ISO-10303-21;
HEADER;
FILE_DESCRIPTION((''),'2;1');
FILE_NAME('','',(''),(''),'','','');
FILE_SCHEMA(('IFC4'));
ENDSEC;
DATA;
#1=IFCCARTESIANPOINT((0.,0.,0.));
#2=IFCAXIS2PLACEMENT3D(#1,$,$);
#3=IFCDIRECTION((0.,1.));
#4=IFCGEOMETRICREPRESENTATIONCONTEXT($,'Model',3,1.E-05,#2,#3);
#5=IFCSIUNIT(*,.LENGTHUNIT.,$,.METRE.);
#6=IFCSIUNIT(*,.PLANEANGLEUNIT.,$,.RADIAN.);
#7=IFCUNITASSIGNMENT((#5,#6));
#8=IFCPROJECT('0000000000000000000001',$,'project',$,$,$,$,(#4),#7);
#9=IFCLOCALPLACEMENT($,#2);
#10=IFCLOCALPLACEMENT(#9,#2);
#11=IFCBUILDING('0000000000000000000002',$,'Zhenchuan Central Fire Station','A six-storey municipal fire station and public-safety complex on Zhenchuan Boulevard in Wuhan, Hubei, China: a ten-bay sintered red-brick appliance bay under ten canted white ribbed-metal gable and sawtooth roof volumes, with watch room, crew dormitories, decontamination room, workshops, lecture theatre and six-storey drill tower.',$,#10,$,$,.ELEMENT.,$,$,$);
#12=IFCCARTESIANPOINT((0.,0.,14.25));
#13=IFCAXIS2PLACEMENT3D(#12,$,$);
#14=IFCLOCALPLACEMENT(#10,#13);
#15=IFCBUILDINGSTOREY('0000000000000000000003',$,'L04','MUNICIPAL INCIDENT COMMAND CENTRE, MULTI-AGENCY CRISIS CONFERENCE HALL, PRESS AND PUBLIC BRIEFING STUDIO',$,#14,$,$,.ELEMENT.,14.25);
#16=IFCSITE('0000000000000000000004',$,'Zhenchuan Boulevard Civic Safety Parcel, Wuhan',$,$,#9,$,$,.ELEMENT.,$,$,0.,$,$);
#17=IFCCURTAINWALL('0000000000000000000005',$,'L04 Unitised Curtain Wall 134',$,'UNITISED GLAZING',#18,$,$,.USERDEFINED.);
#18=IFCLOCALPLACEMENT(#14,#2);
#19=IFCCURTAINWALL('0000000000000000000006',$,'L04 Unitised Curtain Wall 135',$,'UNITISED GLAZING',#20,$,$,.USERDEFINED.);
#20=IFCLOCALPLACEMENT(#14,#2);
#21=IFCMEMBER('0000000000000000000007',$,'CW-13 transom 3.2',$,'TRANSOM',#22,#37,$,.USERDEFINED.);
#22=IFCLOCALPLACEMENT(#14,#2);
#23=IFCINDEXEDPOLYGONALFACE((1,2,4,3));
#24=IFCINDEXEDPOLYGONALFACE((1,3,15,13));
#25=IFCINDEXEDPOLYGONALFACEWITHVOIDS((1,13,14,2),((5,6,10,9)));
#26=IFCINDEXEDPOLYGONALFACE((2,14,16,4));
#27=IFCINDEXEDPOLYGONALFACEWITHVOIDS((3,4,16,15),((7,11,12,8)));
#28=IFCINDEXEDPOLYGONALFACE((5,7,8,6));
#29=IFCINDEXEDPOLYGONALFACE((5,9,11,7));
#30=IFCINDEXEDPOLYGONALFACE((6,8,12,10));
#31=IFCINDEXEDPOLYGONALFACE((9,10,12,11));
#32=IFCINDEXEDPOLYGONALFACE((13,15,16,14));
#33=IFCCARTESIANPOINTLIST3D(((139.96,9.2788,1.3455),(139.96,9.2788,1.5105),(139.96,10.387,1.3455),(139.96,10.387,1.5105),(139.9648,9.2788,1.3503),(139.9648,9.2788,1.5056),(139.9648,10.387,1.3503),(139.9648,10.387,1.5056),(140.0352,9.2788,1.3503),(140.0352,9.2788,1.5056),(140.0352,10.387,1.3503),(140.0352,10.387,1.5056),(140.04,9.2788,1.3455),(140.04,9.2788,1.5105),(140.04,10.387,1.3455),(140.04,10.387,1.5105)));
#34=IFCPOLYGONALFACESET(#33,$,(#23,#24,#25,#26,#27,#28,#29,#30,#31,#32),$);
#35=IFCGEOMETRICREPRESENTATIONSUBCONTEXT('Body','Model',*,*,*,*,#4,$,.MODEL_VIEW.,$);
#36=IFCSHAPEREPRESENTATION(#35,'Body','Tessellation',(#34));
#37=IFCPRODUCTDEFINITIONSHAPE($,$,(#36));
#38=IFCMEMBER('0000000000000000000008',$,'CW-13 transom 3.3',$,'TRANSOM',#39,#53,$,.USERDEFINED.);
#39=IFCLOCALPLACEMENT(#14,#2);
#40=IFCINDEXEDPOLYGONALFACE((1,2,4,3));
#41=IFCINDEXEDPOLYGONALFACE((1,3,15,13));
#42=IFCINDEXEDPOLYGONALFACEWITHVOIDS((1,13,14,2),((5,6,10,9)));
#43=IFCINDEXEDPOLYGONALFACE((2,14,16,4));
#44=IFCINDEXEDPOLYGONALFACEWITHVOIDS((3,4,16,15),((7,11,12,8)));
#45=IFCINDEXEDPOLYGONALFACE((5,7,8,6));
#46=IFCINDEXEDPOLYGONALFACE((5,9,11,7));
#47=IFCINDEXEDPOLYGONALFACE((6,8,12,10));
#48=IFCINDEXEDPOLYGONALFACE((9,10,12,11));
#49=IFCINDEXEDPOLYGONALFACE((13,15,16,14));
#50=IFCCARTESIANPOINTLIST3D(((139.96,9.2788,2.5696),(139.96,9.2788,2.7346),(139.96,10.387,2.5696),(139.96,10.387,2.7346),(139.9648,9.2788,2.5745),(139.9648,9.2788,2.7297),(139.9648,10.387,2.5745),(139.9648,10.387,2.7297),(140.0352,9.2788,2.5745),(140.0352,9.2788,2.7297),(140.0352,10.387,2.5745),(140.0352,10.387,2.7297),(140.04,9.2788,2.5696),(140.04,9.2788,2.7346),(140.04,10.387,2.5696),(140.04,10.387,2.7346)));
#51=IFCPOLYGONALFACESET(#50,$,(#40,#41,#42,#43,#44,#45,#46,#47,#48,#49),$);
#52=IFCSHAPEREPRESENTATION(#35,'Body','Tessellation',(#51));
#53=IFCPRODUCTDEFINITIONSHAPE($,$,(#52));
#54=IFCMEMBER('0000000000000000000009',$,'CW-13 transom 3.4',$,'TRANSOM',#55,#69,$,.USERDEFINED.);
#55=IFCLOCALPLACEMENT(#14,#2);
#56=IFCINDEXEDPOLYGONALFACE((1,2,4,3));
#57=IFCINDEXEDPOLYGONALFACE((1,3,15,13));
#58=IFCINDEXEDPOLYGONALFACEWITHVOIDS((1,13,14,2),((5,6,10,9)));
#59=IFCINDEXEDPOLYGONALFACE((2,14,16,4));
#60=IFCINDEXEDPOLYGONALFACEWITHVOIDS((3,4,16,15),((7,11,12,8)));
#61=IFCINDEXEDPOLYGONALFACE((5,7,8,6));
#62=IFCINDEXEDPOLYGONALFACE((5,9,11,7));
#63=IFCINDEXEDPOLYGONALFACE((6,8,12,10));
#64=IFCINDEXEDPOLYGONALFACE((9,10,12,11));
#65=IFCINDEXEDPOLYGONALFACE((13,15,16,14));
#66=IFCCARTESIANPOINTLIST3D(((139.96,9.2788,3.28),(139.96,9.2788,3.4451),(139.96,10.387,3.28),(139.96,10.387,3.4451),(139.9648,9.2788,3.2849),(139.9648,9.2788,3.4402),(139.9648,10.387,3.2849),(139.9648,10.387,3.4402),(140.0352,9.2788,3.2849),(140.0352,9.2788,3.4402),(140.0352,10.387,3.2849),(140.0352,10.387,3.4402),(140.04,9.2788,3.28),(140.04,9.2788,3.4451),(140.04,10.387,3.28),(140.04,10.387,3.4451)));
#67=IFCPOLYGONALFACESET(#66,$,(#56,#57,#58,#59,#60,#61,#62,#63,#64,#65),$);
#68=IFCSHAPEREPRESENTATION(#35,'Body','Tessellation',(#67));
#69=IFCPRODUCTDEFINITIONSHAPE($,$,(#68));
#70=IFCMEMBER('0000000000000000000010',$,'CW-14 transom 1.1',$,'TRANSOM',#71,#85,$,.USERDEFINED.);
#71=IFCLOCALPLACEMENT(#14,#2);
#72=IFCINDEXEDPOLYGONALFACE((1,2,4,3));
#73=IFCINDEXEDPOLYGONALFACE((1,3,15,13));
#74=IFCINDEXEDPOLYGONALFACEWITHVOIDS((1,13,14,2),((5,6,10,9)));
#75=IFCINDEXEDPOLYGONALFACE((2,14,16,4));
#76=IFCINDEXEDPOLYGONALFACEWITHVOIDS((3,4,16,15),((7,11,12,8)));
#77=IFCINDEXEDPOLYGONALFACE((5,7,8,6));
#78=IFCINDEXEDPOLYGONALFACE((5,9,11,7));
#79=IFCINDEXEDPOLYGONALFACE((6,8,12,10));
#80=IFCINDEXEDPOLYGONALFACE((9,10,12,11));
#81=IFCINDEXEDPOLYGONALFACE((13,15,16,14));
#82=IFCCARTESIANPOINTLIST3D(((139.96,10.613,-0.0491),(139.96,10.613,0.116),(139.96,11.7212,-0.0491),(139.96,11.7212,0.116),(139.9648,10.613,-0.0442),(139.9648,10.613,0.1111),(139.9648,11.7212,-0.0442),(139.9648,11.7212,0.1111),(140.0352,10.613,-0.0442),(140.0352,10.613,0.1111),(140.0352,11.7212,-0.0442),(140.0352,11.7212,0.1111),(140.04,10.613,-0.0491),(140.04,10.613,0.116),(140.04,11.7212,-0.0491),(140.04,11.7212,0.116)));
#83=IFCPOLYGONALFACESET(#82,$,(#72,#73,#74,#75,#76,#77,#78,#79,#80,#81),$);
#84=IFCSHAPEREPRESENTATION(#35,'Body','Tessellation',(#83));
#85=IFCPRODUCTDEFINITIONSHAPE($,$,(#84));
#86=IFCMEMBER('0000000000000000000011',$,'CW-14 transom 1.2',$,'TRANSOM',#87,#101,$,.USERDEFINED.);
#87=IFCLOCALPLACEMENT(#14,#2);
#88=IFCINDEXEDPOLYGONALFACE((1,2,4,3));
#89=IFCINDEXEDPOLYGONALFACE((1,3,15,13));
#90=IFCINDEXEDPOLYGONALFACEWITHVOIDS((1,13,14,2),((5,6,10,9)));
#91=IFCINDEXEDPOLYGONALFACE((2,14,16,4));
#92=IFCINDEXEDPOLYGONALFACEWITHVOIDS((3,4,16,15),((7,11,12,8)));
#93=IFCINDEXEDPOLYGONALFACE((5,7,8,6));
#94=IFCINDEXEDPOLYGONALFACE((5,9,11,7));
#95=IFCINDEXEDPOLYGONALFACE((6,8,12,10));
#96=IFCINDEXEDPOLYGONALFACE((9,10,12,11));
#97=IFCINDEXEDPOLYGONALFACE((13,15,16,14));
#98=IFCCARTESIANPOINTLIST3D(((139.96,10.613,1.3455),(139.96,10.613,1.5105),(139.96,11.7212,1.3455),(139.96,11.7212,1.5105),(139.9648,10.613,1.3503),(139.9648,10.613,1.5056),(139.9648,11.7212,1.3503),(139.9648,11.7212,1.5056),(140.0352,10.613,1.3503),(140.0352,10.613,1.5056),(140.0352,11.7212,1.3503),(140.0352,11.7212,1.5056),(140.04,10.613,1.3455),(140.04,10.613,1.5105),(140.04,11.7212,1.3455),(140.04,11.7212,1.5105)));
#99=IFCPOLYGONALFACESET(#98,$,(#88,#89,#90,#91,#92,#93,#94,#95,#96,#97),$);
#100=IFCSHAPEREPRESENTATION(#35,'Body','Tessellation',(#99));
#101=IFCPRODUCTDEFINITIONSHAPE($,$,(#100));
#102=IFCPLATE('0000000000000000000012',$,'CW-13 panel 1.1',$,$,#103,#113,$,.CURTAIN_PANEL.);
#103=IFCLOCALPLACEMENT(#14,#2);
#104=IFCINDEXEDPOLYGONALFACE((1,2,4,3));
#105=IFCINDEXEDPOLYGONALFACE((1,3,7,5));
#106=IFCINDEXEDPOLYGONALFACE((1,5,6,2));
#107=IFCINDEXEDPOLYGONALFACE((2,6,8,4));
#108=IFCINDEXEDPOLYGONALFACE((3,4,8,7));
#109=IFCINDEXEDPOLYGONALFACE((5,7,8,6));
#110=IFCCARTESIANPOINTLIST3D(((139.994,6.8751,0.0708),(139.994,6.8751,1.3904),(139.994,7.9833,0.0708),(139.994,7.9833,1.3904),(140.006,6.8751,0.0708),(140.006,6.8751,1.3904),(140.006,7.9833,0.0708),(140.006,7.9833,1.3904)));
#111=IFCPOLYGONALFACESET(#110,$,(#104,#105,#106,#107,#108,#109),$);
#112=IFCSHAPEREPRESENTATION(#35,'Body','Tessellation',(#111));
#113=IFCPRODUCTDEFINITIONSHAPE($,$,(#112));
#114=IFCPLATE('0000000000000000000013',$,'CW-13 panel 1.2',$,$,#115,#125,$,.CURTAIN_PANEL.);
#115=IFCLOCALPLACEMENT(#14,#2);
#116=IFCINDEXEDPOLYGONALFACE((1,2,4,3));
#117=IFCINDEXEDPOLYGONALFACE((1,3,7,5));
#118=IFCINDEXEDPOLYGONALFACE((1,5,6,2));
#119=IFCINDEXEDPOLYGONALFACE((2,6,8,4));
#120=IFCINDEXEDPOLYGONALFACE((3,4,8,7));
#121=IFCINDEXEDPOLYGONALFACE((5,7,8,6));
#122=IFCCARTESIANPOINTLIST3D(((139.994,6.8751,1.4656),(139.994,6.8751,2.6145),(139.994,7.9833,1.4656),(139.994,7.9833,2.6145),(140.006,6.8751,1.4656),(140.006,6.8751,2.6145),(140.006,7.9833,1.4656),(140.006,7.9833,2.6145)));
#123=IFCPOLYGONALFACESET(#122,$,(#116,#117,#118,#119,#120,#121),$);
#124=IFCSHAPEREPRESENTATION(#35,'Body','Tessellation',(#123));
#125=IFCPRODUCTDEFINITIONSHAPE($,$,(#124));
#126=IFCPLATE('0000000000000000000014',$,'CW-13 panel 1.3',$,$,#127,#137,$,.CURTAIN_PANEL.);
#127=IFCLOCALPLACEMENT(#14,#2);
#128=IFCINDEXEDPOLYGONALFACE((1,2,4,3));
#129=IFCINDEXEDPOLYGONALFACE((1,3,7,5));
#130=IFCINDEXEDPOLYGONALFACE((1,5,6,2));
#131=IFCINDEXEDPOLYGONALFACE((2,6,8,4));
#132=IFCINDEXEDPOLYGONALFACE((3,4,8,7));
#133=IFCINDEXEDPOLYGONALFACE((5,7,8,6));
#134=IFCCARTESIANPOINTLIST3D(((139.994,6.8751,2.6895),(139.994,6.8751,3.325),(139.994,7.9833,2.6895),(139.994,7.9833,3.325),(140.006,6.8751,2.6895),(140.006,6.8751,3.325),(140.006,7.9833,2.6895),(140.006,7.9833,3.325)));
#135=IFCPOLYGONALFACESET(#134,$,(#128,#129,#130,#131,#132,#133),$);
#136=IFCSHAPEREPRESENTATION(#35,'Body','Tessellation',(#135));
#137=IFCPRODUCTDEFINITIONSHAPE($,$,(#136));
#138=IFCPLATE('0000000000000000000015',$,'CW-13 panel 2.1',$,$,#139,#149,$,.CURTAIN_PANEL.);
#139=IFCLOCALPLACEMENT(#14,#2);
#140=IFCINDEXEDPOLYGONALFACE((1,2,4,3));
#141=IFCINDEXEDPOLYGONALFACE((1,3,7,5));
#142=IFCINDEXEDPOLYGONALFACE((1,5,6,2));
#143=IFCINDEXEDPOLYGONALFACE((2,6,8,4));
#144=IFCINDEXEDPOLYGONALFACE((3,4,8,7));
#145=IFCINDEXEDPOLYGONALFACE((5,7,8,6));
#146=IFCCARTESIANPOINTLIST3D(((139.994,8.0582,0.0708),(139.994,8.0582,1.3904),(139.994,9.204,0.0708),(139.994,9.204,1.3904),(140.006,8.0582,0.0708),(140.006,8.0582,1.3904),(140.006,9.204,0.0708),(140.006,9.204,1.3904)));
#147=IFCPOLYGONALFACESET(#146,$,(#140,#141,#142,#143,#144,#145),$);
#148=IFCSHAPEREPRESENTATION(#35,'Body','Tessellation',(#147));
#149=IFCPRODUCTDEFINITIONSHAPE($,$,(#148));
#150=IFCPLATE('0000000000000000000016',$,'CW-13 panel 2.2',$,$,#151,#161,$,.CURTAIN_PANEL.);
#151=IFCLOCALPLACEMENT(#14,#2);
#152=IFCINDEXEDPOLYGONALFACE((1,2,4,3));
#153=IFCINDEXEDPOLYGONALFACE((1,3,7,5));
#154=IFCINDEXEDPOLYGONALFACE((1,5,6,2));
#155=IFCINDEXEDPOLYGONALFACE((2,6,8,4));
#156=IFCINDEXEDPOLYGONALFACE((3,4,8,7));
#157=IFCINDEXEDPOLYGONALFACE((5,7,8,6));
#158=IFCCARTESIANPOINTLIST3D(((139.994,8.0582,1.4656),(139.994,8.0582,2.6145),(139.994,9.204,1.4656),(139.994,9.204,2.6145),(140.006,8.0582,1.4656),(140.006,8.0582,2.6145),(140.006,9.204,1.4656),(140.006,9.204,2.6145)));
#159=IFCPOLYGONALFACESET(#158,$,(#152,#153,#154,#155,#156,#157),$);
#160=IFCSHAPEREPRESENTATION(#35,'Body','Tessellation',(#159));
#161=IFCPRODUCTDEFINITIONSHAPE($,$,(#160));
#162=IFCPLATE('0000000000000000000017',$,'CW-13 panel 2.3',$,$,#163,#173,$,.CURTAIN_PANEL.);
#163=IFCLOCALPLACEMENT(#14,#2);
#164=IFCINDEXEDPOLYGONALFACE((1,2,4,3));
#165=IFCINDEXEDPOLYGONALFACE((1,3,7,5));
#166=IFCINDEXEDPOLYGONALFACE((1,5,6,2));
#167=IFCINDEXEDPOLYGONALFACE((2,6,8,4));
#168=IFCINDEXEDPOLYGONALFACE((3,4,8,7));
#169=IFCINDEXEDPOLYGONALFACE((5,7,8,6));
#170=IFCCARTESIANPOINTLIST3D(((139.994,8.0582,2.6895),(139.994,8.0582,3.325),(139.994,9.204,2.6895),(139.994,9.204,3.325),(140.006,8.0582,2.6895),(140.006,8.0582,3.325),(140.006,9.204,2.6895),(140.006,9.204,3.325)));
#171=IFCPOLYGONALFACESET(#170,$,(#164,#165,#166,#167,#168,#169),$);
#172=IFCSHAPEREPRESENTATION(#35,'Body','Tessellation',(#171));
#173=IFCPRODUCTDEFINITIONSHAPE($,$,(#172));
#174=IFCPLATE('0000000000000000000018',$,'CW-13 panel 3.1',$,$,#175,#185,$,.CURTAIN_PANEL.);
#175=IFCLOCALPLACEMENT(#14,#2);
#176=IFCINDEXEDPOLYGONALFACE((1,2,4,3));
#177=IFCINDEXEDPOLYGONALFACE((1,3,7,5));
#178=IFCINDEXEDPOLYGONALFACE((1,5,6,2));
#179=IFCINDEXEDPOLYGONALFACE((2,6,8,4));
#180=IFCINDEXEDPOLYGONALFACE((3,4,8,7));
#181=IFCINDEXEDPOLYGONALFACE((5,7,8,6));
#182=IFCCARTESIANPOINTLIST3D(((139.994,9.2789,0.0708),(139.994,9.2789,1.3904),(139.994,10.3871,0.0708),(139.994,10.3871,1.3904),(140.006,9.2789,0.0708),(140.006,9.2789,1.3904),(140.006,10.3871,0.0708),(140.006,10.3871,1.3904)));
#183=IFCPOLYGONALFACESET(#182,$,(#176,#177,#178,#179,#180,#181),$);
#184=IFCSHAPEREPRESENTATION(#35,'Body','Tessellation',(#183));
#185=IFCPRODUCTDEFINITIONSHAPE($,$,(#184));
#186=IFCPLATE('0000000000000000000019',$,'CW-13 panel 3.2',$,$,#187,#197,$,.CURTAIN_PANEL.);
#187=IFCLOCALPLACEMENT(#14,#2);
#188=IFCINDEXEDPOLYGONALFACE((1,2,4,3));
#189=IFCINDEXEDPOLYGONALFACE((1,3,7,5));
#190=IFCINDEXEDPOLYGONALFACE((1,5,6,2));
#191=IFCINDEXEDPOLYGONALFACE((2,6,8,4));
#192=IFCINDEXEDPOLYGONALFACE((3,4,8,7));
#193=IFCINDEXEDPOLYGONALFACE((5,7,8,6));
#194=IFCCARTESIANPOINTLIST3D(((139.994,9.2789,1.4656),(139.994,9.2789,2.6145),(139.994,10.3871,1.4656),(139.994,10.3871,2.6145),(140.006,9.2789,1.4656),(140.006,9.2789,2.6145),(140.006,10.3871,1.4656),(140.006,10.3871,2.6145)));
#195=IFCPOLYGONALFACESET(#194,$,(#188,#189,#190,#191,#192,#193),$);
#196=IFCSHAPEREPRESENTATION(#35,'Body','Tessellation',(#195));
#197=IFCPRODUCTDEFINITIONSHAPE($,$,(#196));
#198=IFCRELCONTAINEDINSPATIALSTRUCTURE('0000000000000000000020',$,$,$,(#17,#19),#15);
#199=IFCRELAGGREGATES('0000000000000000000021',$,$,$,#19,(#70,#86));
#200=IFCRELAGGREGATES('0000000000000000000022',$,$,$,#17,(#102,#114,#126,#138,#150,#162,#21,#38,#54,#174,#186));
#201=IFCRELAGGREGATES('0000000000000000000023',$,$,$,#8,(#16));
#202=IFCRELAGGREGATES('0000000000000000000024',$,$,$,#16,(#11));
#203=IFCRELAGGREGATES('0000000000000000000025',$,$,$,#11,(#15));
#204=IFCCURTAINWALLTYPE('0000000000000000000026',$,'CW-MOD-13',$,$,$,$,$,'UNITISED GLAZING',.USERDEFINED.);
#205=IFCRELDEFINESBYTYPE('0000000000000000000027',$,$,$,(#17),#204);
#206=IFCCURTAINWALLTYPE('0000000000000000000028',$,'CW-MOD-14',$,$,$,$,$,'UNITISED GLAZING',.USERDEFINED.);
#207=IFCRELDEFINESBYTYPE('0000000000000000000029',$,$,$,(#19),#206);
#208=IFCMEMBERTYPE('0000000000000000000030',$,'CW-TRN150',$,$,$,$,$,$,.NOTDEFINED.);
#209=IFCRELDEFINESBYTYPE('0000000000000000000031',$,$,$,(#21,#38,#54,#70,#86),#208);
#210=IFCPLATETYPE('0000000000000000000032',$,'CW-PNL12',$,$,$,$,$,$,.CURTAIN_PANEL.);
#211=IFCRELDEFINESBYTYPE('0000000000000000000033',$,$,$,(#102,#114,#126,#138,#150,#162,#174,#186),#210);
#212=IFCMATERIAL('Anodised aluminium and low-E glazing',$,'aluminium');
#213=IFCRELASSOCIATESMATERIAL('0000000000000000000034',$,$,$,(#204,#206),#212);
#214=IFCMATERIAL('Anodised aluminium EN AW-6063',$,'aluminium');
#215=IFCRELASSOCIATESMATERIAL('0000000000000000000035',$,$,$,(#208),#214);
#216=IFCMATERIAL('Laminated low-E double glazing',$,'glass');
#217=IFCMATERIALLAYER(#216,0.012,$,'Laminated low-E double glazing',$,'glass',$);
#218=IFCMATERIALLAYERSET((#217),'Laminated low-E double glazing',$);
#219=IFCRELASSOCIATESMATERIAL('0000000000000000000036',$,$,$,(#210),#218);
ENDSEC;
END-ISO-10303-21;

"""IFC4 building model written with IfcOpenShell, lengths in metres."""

from ifc_helpers import new_model, si_unit, direction, frame, origin, origin_2d, place, context, subcontext, project, spatial, rectangle, hollow_rectangle, extrude, material, layer, layer_set, material_profile, profile_set, type_object, element, aggregate, save


model = new_model("IFC4")

# Units and contexts
model_context = context("Model", 3, precision=1e-05, world=origin(), true_north=direction((0.0, 1.0)))
body_context = subcontext(model_context, "Body", "Model", "MODEL_VIEW")
ifc_project = project(units=[si_unit("LENGTHUNIT", "METRE"), si_unit("PLANEANGLEUNIT", "RADIAN")], contexts=[model_context])

# Site, building, storey
site_placement = place(None, origin())
site = spatial("IfcSite", under=ifc_project, at=site_placement, Name="Zhenchuan Boulevard Civic Safety Parcel, Wuhan", CompositionType="ELEMENT", RefElevation=0.0)
building_placement = place(site_placement, origin())
building = spatial("IfcBuilding", under=site, at=building_placement, Name="Zhenchuan Central Fire Station", Description="A six-storey municipal fire station and public-safety complex on Zhenchuan Boulevard in Wuhan, Hubei, China: a ten-bay sintered red-brick appliance bay under ten canted white ribbed-metal gable and sawtooth roof volumes, with watch room, crew dormitories, decontamination room, workshops, lecture theatre and six-storey drill tower.", CompositionType="ELEMENT")
storey_placement = place(building_placement, frame((0.0, 0.0, 14.25)))
storey = spatial("IfcBuildingStorey", under=building, at=storey_placement, Name="L04", Description="MUNICIPAL INCIDENT COMMAND CENTRE, MULTI-AGENCY CRISIS CONFERENCE HALL, PRESS AND PUBLIC BRIEFING STUDIO", CompositionType="ELEMENT", Elevation=14.25)

# Curtain walls
ifc_material_1 = material(Name="Anodised aluminium and low-E glazing", Category="aluminium")
curtain_wall_type_1 = type_object("IfcCurtainWallType", Name="CW-MOD-13", ElementType="UNITISED GLAZING", PredefinedType="USERDEFINED", material=ifc_material_1)
curtain_wall_1_placement = place(storey_placement, origin())
curtain_wall_1 = element("IfcCurtainWall", 1, at=curtain_wall_1_placement, inside=storey, type_object=curtain_wall_type_1, Name="L04 Unitised Curtain Wall 134", ObjectType="UNITISED GLAZING", PredefinedType="USERDEFINED")
ifc_material_2 = material(Name="Anodised aluminium EN AW-6063", Category="aluminium")
curtain_wall_type_2 = type_object("IfcCurtainWallType", Name="CW-MOD-14", ElementType="UNITISED GLAZING", PredefinedType="USERDEFINED", material=ifc_material_1)
curtain_wall_2_placement = place(storey_placement, origin())
curtain_wall_2 = element("IfcCurtainWall", 2, at=curtain_wall_2_placement, inside=storey, type_object=curtain_wall_type_2, Name="L04 Unitised Curtain Wall 135", ObjectType="UNITISED GLAZING", PredefinedType="USERDEFINED")

# Members
ifc_material_profile_1 = material_profile(ifc_material_2, hollow_rectangle(XDim=0.0801, YDim=0.165, WallThickness=0.0049, at=origin_2d()), Name="ALU-T 165x80")
ifc_profile_set_1 = profile_set([ifc_material_profile_1], Name="Anodised aluminium EN AW-6063")
member_type_1 = type_object("IfcMemberType", Name="CW-TRN150", PredefinedType="NOTDEFINED", material=ifc_profile_set_1)
member_1_placement = place(storey_placement, frame((140.0, 9.2788, 1.428), z_axis=(0.0, 1.0, 0.0), x_axis=(-1.0, 0.0, 0.0)))
member_1 = element("IfcMember", 3, at=member_1_placement, type_object=member_type_1, Name="CW-13 transom 3.2", ObjectType="TRANSOM", PredefinedType="USERDEFINED", context=body_context, shape_type="SweptSolid", body=[
    extrude(hollow_rectangle(XDim=0.0801, YDim=0.165, WallThickness=0.0049, at=origin_2d()), origin(), (0.0, 0.0, 1.0), 1.1082),
])
member_2_placement = place(storey_placement, frame((140.0, 9.2788, 2.6521), z_axis=(0.0, 1.0, 0.0), x_axis=(-1.0, 0.0, 0.0)))
member_2 = element("IfcMember", 4, at=member_2_placement, type_object=member_type_1, Name="CW-13 transom 3.3", ObjectType="TRANSOM", PredefinedType="USERDEFINED", context=body_context, shape_type="SweptSolid", body=[
    extrude(hollow_rectangle(XDim=0.0801, YDim=0.165, WallThickness=0.0049, at=origin_2d()), origin(), (0.0, 0.0, 1.0), 1.1082),
])
member_3_placement = place(storey_placement, frame((140.0, 9.2788, 3.3625), z_axis=(0.0, 1.0, 0.0), x_axis=(-1.0, 0.0, 0.0)))
member_3 = element("IfcMember", 5, at=member_3_placement, type_object=member_type_1, Name="CW-13 transom 3.4", ObjectType="TRANSOM", PredefinedType="USERDEFINED", context=body_context, shape_type="SweptSolid", body=[
    extrude(hollow_rectangle(XDim=0.0801, YDim=0.165, WallThickness=0.0049, at=origin_2d()), origin(), (0.0, 0.0, 1.0), 1.1082),
])
member_4_placement = place(storey_placement, frame((140.0, 10.613, 0.0334), z_axis=(0.0, 1.0, 0.0), x_axis=(-1.0, 0.0, 0.0)))
member_4 = element("IfcMember", 6, at=member_4_placement, type_object=member_type_1, Name="CW-14 transom 1.1", ObjectType="TRANSOM", PredefinedType="USERDEFINED", context=body_context, shape_type="SweptSolid", body=[
    extrude(hollow_rectangle(XDim=0.0801, YDim=0.165, WallThickness=0.0049, at=origin_2d()), origin(), (0.0, 0.0, 1.0), 1.1082),
])
member_5_placement = place(storey_placement, frame((140.0, 10.613, 1.428), z_axis=(0.0, 1.0, 0.0), x_axis=(-1.0, 0.0, 0.0)))
member_5 = element("IfcMember", 7, at=member_5_placement, type_object=member_type_1, Name="CW-14 transom 1.2", ObjectType="TRANSOM", PredefinedType="USERDEFINED", context=body_context, shape_type="SweptSolid", body=[
    extrude(hollow_rectangle(XDim=0.0801, YDim=0.165, WallThickness=0.0049, at=origin_2d()), origin(), (0.0, 0.0, 1.0), 1.1082),
])
aggregate(curtain_wall_2, [member_4, member_5])

# Plates
ifc_material_3 = material(Name="Laminated low-E double glazing", Category="glass")
ifc_layer = layer(ifc_material_3, 0.012, Name="Laminated low-E double glazing", Category="glass")
ifc_layer_set = layer_set([ifc_layer], Name="Laminated low-E double glazing")
plate_type = type_object("IfcPlateType", Name="CW-PNL12", PredefinedType="CURTAIN_PANEL", material=ifc_layer_set)
plate_1_placement = place(storey_placement, frame((140.0, 7.4292, 0.0708), z_axis=(0.0, 0.0, 1.0), x_axis=(0.0, 1.0, 0.0)))
plate_1 = element("IfcPlate", 8, at=plate_1_placement, type_object=plate_type, Name="CW-13 panel 1.1", PredefinedType="CURTAIN_PANEL", context=body_context, shape_type="SweptSolid", body=[
    extrude(rectangle(XDim=1.1082, YDim=0.012, at=origin_2d()), origin(), (0.0, 0.0, 1.0), 1.3196),
])
plate_2_placement = place(storey_placement, frame((140.0, 7.4292, 1.4656), z_axis=(0.0, 0.0, 1.0), x_axis=(0.0, 1.0, 0.0)))
plate_2 = element("IfcPlate", 9, at=plate_2_placement, type_object=plate_type, Name="CW-13 panel 1.2", PredefinedType="CURTAIN_PANEL", context=body_context, shape_type="SweptSolid", body=[
    extrude(rectangle(XDim=1.1082, YDim=0.012, at=origin_2d()), origin(), (0.0, 0.0, 1.0), 1.1489),
])
plate_3_placement = place(storey_placement, frame((140.0, 7.4292, 2.6895), z_axis=(0.0, 0.0, 1.0), x_axis=(0.0, 1.0, 0.0)))
plate_3 = element("IfcPlate", 10, at=plate_3_placement, type_object=plate_type, Name="CW-13 panel 1.3", PredefinedType="CURTAIN_PANEL", context=body_context, shape_type="SweptSolid", body=[
    extrude(rectangle(XDim=1.1082, YDim=0.012, at=origin_2d()), origin(), (0.0, 0.0, 1.0), 0.6355),
])
plate_4_placement = place(storey_placement, frame((140.0, 8.6311, 0.0708), z_axis=(0.0, 0.0, 1.0), x_axis=(0.0, 1.0, 0.0)))
plate_4 = element("IfcPlate", 11, at=plate_4_placement, type_object=plate_type, Name="CW-13 panel 2.1", PredefinedType="CURTAIN_PANEL", context=body_context, shape_type="SweptSolid", body=[
    extrude(rectangle(XDim=1.1458, YDim=0.012, at=origin_2d()), origin(), (0.0, 0.0, 1.0), 1.3196),
])
plate_5_placement = place(storey_placement, frame((140.0, 8.6311, 1.4656), z_axis=(0.0, 0.0, 1.0), x_axis=(0.0, 1.0, 0.0)))
plate_5 = element("IfcPlate", 12, at=plate_5_placement, type_object=plate_type, Name="CW-13 panel 2.2", PredefinedType="CURTAIN_PANEL", context=body_context, shape_type="SweptSolid", body=[
    extrude(rectangle(XDim=1.1458, YDim=0.012, at=origin_2d()), origin(), (0.0, 0.0, 1.0), 1.1489),
])
plate_6_placement = place(storey_placement, frame((140.0, 8.6311, 2.6895), z_axis=(0.0, 0.0, 1.0), x_axis=(0.0, 1.0, 0.0)))
plate_6 = element("IfcPlate", 13, at=plate_6_placement, type_object=plate_type, Name="CW-13 panel 2.3", PredefinedType="CURTAIN_PANEL", context=body_context, shape_type="SweptSolid", body=[
    extrude(rectangle(XDim=1.1458, YDim=0.012, at=origin_2d()), origin(), (0.0, 0.0, 1.0), 0.6355),
])
plate_7_placement = place(storey_placement, frame((140.0, 9.833, 0.0708), z_axis=(0.0, 0.0, 1.0), x_axis=(0.0, 1.0, 0.0)))
plate_7 = element("IfcPlate", 14, at=plate_7_placement, type_object=plate_type, Name="CW-13 panel 3.1", PredefinedType="CURTAIN_PANEL", context=body_context, shape_type="SweptSolid", body=[
    extrude(rectangle(XDim=1.1082, YDim=0.012, at=origin_2d()), origin(), (0.0, 0.0, 1.0), 1.3196),
])
plate_8_placement = place(storey_placement, frame((140.0, 9.833, 1.4656), z_axis=(0.0, 0.0, 1.0), x_axis=(0.0, 1.0, 0.0)))
plate_8 = element("IfcPlate", 15, at=plate_8_placement, type_object=plate_type, Name="CW-13 panel 3.2", PredefinedType="CURTAIN_PANEL", context=body_context, shape_type="SweptSolid", body=[
    extrude(rectangle(XDim=1.1082, YDim=0.012, at=origin_2d()), origin(), (0.0, 0.0, 1.0), 1.1489),
])
aggregate(curtain_wall_1, [plate_1, plate_2, plate_3, plate_4, plate_5, plate_6, member_1, member_2, member_3, plate_7, plate_8])

save(model, "model.ifc")
